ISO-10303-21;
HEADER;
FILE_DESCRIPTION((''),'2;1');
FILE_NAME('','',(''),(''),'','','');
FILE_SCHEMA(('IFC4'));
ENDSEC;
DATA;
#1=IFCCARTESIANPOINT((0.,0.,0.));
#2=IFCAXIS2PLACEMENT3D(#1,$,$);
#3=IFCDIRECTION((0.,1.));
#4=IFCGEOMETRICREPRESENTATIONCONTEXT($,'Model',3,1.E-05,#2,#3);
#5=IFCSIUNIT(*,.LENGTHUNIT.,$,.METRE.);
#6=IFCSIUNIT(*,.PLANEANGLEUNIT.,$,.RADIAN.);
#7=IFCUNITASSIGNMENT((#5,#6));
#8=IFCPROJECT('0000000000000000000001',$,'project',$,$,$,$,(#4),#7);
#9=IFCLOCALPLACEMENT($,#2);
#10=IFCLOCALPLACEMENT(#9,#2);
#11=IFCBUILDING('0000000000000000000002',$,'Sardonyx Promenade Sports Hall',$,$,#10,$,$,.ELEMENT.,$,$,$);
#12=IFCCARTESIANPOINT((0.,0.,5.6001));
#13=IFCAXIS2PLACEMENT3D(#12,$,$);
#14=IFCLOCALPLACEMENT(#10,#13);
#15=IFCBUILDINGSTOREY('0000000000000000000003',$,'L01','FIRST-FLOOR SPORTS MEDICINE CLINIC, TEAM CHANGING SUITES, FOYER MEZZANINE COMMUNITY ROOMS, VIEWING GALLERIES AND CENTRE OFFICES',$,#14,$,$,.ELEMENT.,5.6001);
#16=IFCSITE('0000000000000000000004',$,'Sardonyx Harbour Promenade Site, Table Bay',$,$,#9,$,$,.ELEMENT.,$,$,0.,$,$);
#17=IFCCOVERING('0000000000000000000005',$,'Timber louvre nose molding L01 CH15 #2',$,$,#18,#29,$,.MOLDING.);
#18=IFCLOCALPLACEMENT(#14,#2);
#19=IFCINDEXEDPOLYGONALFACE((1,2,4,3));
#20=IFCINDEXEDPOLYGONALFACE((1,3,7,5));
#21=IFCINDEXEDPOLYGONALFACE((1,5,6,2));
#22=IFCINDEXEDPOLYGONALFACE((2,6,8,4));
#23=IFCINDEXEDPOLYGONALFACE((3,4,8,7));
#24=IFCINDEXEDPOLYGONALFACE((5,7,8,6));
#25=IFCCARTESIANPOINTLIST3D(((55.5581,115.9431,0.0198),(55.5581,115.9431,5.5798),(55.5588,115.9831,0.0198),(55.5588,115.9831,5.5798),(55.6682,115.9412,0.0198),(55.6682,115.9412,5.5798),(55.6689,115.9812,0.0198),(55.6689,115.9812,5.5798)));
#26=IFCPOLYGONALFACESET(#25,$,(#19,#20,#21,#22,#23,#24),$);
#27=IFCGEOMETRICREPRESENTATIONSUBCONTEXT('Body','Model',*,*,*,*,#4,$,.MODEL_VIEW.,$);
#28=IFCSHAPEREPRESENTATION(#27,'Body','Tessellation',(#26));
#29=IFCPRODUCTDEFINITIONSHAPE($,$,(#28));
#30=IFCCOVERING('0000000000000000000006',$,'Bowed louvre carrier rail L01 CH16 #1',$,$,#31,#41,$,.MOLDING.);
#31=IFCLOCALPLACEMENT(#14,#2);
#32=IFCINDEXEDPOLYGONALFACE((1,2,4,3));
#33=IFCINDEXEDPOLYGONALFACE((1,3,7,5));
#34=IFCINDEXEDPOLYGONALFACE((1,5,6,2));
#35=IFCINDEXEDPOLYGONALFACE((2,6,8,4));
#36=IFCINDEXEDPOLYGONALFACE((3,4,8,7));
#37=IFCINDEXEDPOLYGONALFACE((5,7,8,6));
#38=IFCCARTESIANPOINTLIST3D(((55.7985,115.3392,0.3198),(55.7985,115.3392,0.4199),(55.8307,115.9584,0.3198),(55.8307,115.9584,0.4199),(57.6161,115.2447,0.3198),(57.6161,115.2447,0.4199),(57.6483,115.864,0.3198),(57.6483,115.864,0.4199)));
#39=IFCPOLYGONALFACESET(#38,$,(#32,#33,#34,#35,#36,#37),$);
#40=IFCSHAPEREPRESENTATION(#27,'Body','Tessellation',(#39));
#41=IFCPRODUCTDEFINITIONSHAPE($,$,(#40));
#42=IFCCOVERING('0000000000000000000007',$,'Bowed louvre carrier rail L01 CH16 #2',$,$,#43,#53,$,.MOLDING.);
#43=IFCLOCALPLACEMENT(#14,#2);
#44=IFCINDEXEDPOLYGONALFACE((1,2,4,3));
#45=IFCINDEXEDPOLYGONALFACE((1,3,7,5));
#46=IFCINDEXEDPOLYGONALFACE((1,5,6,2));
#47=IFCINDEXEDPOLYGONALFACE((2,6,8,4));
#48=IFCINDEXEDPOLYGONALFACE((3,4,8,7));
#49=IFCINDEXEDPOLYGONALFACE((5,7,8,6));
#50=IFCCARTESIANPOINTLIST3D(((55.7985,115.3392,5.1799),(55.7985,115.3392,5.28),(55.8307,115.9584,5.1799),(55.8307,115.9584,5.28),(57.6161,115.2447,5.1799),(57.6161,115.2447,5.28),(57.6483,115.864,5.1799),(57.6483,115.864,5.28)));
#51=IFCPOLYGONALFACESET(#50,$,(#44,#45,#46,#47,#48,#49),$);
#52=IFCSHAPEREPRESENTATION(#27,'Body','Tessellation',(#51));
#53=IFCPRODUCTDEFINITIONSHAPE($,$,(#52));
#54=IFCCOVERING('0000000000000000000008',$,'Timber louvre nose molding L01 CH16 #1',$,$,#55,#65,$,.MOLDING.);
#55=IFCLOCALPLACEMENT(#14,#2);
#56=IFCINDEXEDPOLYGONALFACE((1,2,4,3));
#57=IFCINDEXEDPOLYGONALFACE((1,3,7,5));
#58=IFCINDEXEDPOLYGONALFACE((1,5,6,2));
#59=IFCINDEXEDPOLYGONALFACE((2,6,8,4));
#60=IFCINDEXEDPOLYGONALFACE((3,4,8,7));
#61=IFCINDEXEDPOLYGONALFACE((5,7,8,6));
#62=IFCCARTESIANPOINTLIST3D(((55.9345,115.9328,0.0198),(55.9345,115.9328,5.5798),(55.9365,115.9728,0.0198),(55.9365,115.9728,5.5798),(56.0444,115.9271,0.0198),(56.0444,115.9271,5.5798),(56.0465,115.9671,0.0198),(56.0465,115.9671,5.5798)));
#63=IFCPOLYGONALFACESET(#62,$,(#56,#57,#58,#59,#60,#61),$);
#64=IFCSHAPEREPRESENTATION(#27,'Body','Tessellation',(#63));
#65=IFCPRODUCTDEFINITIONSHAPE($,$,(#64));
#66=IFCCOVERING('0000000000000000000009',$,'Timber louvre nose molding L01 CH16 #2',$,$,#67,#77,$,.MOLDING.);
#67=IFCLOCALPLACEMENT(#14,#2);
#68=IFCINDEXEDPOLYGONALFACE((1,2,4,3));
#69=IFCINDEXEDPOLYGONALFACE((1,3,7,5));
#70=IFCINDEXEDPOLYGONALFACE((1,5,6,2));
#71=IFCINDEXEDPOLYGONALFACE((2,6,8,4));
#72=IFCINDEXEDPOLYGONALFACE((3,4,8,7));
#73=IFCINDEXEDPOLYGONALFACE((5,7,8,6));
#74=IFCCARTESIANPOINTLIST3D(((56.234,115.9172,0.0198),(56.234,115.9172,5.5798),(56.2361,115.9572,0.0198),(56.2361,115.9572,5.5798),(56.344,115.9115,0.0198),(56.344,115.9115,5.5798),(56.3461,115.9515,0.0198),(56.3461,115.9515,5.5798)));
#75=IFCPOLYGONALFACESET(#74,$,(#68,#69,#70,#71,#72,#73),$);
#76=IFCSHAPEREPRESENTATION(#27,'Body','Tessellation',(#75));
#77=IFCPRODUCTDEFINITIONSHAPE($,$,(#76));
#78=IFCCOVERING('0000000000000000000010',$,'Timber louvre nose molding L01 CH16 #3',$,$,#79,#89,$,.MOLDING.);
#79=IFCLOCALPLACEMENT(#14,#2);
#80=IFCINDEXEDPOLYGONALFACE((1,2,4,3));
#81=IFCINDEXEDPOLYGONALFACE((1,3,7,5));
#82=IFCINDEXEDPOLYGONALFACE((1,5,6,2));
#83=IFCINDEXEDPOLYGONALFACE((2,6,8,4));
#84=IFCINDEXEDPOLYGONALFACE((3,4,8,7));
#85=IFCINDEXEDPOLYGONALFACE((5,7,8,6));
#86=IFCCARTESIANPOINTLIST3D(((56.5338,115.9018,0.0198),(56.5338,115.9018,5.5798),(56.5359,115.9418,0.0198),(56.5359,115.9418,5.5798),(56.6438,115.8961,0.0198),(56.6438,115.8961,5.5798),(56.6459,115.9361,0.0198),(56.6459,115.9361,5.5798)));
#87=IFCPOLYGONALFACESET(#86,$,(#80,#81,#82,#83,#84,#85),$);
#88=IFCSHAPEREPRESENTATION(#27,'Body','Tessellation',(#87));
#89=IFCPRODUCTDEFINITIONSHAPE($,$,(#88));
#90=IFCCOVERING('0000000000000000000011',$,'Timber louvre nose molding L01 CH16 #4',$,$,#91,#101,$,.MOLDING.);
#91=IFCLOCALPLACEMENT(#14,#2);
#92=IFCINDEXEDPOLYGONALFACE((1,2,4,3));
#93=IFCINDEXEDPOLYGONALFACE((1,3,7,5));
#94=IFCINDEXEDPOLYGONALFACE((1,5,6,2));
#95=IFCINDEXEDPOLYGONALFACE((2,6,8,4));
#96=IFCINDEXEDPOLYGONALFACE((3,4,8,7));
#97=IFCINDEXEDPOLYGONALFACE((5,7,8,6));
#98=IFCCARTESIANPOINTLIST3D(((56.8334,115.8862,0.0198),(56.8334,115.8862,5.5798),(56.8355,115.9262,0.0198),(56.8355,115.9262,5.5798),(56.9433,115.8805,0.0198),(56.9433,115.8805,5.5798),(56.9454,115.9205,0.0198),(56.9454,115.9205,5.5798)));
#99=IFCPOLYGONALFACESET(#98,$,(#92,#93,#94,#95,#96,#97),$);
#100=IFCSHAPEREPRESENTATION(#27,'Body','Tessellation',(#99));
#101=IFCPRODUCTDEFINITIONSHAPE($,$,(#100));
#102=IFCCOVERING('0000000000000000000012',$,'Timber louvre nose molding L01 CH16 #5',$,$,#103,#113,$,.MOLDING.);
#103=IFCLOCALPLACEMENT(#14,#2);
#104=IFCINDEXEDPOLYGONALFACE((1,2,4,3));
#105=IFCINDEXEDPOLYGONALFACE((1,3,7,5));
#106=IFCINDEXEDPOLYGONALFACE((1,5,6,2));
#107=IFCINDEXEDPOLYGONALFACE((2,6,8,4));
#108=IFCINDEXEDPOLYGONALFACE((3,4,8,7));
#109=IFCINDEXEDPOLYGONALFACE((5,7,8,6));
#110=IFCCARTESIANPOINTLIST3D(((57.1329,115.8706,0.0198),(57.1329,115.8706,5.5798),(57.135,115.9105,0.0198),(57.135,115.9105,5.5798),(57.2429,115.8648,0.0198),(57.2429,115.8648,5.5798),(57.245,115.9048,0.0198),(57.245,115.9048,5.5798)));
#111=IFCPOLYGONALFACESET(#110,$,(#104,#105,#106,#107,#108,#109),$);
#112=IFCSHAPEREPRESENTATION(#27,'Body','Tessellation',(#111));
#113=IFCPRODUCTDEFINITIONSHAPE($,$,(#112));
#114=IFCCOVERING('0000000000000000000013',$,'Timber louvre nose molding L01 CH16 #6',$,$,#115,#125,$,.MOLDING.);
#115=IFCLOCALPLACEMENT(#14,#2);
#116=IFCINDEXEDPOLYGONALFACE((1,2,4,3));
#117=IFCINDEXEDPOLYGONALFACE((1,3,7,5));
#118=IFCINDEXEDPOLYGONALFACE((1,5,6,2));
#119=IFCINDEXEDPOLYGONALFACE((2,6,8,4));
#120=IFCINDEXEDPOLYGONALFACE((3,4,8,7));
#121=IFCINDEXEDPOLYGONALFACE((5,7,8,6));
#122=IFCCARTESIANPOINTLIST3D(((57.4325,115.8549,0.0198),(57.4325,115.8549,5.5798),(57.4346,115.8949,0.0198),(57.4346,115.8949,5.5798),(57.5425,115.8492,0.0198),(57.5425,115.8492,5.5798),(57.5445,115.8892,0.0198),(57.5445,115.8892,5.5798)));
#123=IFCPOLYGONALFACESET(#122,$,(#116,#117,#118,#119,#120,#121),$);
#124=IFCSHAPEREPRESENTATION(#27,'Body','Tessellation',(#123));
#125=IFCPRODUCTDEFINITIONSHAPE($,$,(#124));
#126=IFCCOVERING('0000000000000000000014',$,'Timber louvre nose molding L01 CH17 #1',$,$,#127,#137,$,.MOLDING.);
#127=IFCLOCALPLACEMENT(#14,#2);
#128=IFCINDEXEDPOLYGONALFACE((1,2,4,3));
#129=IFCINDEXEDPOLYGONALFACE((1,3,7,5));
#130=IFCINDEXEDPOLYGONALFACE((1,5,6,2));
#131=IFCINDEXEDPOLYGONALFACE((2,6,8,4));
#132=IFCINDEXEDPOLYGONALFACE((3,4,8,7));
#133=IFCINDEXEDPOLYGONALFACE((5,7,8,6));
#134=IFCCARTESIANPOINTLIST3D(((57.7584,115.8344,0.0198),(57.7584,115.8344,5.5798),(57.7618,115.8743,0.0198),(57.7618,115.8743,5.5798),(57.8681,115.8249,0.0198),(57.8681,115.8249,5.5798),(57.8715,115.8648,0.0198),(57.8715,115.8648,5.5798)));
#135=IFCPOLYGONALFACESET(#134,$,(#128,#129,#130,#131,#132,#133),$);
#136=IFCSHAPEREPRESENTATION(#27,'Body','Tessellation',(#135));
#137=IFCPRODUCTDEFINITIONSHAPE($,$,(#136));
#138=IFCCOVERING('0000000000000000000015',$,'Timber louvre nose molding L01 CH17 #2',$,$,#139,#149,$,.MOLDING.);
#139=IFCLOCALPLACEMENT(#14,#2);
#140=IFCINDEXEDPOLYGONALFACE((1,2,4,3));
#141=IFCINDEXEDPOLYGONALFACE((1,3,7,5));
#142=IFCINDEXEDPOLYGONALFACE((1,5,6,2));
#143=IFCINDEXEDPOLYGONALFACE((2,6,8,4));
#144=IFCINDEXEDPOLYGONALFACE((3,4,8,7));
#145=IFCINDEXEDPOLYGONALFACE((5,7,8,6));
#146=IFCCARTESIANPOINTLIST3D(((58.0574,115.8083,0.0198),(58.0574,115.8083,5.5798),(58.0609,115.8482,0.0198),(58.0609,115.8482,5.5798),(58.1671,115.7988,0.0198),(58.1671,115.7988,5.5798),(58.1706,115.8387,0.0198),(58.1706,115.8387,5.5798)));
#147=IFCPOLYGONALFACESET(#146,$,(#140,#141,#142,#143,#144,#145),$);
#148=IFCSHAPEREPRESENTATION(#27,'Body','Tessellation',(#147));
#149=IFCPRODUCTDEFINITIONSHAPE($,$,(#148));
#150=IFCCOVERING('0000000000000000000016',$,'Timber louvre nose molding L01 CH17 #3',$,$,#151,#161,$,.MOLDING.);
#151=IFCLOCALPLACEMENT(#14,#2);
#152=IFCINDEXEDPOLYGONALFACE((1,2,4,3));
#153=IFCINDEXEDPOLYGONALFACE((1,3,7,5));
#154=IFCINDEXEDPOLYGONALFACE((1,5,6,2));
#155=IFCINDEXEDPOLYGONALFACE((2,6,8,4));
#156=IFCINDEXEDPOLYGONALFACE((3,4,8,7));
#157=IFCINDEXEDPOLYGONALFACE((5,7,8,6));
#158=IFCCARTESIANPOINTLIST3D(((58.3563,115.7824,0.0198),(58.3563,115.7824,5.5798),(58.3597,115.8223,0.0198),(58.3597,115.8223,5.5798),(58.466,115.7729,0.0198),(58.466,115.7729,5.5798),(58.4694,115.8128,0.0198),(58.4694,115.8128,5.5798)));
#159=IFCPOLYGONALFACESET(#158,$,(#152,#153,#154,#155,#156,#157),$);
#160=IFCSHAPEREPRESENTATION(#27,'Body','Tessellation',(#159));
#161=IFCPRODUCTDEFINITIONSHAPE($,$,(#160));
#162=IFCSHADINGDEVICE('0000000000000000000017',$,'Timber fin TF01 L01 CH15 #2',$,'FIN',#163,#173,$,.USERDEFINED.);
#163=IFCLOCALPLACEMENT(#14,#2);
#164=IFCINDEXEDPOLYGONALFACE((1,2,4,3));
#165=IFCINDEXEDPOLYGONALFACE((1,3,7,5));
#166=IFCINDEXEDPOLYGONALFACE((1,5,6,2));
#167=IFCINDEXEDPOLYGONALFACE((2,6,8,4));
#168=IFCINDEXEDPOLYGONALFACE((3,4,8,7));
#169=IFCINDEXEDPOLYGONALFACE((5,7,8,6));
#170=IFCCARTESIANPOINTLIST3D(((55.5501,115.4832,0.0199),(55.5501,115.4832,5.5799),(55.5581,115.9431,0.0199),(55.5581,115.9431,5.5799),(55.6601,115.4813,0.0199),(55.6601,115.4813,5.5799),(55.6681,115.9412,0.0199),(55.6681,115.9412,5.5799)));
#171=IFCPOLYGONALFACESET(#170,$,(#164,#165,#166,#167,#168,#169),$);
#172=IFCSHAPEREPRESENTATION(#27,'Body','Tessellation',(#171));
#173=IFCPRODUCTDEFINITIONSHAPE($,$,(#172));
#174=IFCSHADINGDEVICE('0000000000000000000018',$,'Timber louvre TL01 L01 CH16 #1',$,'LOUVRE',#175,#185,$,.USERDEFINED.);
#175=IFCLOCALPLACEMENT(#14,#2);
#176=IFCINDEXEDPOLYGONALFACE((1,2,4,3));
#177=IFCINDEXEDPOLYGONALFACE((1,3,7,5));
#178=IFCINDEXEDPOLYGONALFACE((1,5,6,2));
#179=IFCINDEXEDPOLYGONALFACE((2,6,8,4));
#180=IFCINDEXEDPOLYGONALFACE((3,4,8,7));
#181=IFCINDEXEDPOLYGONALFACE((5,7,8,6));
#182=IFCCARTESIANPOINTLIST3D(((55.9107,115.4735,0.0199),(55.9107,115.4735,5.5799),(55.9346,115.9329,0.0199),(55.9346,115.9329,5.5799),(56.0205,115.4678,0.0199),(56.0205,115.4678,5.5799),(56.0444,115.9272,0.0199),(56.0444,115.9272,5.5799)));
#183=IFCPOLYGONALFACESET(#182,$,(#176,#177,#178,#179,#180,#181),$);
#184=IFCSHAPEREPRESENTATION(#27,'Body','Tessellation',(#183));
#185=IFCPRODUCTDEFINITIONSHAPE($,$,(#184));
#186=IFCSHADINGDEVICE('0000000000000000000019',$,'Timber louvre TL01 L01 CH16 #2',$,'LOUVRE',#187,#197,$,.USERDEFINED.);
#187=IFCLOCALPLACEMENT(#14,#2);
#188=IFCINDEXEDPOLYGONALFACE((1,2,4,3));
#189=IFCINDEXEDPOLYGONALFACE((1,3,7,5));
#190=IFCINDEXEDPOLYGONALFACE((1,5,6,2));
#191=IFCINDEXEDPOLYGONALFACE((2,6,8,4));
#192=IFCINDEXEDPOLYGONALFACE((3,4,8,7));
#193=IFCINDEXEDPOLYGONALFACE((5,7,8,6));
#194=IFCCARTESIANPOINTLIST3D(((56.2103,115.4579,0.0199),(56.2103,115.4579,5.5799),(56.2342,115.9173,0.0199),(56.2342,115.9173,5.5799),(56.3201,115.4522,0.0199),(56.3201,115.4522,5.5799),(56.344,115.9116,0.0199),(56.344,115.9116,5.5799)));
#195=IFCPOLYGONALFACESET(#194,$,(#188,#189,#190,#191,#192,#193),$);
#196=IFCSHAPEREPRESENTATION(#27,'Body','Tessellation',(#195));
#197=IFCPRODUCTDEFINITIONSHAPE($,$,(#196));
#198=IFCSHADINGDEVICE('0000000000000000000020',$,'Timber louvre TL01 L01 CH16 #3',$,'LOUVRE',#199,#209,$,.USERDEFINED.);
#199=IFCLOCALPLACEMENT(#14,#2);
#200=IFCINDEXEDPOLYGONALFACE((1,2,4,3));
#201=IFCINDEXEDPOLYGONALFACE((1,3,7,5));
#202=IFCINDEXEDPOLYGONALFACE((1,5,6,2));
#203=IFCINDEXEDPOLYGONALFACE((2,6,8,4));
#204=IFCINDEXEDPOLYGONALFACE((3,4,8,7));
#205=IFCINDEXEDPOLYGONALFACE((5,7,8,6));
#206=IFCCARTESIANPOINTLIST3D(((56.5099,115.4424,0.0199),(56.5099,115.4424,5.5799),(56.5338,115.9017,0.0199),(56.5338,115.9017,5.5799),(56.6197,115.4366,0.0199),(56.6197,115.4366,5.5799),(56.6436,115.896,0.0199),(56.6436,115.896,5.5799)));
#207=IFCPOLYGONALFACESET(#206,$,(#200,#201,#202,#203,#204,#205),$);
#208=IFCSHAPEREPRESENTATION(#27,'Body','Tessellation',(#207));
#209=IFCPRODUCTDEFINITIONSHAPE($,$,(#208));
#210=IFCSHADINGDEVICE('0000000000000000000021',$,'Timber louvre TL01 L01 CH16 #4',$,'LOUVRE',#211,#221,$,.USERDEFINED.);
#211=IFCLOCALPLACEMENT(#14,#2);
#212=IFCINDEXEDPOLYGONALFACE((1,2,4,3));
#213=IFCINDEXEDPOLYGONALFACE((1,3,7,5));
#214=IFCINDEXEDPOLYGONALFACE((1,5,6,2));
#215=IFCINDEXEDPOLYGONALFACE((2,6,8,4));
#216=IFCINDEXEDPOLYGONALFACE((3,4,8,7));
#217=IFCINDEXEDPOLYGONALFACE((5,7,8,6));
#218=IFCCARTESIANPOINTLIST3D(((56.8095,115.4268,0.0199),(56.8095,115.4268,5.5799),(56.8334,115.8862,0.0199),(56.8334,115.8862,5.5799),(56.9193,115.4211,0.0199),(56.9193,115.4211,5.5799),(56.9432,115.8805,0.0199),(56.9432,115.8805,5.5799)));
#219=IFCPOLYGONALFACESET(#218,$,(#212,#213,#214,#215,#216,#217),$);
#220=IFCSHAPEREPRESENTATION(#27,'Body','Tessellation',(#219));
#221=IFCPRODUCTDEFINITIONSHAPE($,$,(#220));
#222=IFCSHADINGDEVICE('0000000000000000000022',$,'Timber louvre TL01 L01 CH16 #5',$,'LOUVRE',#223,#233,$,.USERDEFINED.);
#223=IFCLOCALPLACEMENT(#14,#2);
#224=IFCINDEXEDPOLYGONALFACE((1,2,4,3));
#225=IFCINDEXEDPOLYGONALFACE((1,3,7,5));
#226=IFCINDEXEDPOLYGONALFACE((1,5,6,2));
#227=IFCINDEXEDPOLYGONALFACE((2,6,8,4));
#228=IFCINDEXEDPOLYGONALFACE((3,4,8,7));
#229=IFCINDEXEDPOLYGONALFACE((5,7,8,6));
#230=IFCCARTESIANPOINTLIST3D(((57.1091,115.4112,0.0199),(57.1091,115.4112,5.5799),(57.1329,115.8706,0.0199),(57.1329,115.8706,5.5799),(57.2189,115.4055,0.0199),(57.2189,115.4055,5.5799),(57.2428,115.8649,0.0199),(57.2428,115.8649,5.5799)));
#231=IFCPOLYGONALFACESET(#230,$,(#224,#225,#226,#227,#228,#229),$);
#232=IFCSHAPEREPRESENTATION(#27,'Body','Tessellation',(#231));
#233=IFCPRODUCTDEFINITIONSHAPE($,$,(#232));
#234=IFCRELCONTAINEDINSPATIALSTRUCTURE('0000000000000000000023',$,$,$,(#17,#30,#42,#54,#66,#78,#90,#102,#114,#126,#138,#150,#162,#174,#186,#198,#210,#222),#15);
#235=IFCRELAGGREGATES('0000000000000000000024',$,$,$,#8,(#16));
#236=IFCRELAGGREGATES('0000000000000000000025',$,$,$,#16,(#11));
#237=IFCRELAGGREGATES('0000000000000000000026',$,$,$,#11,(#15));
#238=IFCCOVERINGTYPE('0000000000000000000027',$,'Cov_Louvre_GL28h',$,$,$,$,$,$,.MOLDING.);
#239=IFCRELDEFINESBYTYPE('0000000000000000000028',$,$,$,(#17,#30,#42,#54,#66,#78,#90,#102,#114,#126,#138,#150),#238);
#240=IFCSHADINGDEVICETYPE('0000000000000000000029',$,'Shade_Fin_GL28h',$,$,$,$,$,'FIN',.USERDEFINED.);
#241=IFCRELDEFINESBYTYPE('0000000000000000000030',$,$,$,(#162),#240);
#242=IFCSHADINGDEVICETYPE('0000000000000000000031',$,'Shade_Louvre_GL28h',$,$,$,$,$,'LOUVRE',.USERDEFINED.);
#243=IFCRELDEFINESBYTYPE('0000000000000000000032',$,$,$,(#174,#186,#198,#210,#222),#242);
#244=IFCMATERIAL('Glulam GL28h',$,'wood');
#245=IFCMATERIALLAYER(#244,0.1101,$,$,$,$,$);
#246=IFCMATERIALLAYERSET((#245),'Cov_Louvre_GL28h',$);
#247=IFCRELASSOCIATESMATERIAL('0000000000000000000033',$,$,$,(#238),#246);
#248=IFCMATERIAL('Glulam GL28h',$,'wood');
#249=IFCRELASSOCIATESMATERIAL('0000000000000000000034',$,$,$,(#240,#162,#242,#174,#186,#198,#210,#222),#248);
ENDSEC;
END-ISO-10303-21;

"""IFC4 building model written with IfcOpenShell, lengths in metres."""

from ifc_helpers import new_model, si_unit, direction, frame, origin, origin_2d, place, context, subcontext, project, spatial, rectangle, extrude, material, layer, layer_set, type_object, element, save


model = new_model("IFC4")

# Units and contexts
model_context = context("Model", 3, precision=1e-05, world=origin(), true_north=direction((0.0, 1.0)))
body_context = subcontext(model_context, "Body", "Model", "MODEL_VIEW")
ifc_project = project(units=[si_unit("LENGTHUNIT", "METRE"), si_unit("PLANEANGLEUNIT", "RADIAN")], contexts=[model_context])

# Site, building, storey
site_placement = place(None, origin())
site = spatial("IfcSite", under=ifc_project, at=site_placement, Name="Sardonyx Harbour Promenade Site, Table Bay", CompositionType="ELEMENT", RefElevation=0.0)
building_placement = place(site_placement, origin())
building = spatial("IfcBuilding", under=site, at=building_placement, Name="Sardonyx Promenade Sports Hall", CompositionType="ELEMENT")
storey_placement = place(building_placement, frame((0.0, 0.0, 5.6001)))
storey = spatial("IfcBuildingStorey", under=building, at=storey_placement, Name="L01", Description="FIRST-FLOOR SPORTS MEDICINE CLINIC, TEAM CHANGING SUITES, FOYER MEZZANINE COMMUNITY ROOMS, VIEWING GALLERIES AND CENTRE OFFICES", CompositionType="ELEMENT", Elevation=5.6001)

# Coverings
ifc_material_1 = material(Name="Glulam GL28h", Category="wood")
ifc_layer = layer(ifc_material_1, 0.1101)
ifc_layer_set = layer_set([ifc_layer], Name="Cov_Louvre_GL28h")
covering_type = type_object("IfcCoveringType", Name="Cov_Louvre_GL28h", PredefinedType="MOLDING", material=ifc_layer_set)
covering_placement = place(storey_placement, frame((55.6135, 115.9622, 0.0198), z_axis=(0.0, 0.0, 1.0), x_axis=(0.99985, -0.017308, 0.0)))
element("IfcCovering", 1, at=covering_placement, inside=storey, type_object=covering_type, Name="Timber louvre nose molding L01 CH15 #2", PredefinedType="MOLDING", context=body_context, shape_type="SweptSolid", body=[
    extrude(rectangle(XDim=0.1101, YDim=0.04, at=origin_2d()), origin(), (0.0, 0.0, 1.0), 5.5601),
])
for number, where, z_axis, x_axis, name in (
    (2, (56.7234, 115.6016, 0.3198), (0.0, 0.0, 1.0), (0.998652, -0.051902, 0.0), "Bowed louvre carrier rail L01 CH16 #1"),
    (3, (56.7234, 115.6016, 5.1799), (0.0, 0.0, 1.0), (0.998652, -0.051902, 0.0), "Bowed louvre carrier rail L01 CH16 #2"),
):
    element("IfcCovering", number, at=place(storey_placement, frame(where, z_axis=z_axis, x_axis=x_axis)), inside=storey, type_object=covering_type, Name=name, PredefinedType="MOLDING", context=body_context, shape_type="SweptSolid", body=[
        extrude(rectangle(XDim=1.8201, YDim=0.6201, at=origin_2d()), origin(), (0.0, 0.0, 1.0), 0.1001),
    ])
for number, where, z_axis, x_axis, name in (
    (4, (55.9905, 115.95, 0.0198), (0.0, 0.0, 1.0), (0.998652, -0.051902, 0.0), "Timber louvre nose molding L01 CH16 #1"),
    (5, (56.29, 115.9343, 0.0198), (0.0, 0.0, 1.0), (0.998652, -0.051902, 0.0), "Timber louvre nose molding L01 CH16 #2"),
    (6, (56.5898, 115.9189, 0.0198), (0.0, 0.0, 1.0), (0.998652, -0.051902, 0.0), "Timber louvre nose molding L01 CH16 #3"),
    (7, (56.8894, 115.9033, 0.0198), (0.0, 0.0, 1.0), (0.998652, -0.051902, 0.0), "Timber louvre nose molding L01 CH16 #4"),
    (8, (57.189, 115.8877, 0.0198), (0.0, 0.0, 1.0), (0.998652, -0.051902, 0.0), "Timber louvre nose molding L01 CH16 #5"),
    (9, (57.4885, 115.8721, 0.0198), (0.0, 0.0, 1.0), (0.998652, -0.051902, 0.0), "Timber louvre nose molding L01 CH16 #6"),
    (10, (57.8149, 115.8496, 0.0198), (0.0, 0.0, 1.0), (0.996258, -0.086434, 0.0), "Timber louvre nose molding L01 CH17 #1"),
    (11, (58.114, 115.8235, 0.0198), (0.0, 0.0, 1.0), (0.996258, -0.086434, 0.0), "Timber louvre nose molding L01 CH17 #2"),
    (12, (58.4128, 115.7976, 0.0198), (0.0, 0.0, 1.0), (0.996258, -0.086434, 0.0), "Timber louvre nose molding L01 CH17 #3"),
):
    element("IfcCovering", number, at=place(storey_placement, frame(where, z_axis=z_axis, x_axis=x_axis)), inside=storey, type_object=covering_type, Name=name, PredefinedType="MOLDING", context=body_context, shape_type="SweptSolid", body=[
        extrude(rectangle(XDim=0.1101, YDim=0.04, at=origin_2d()), origin(), (0.0, 0.0, 1.0), 5.5601),
    ])

# Shading devices
ifc_material_2 = material(Name="Glulam GL28h", Category="wood")
shading_device_type_1 = type_object("IfcShadingDeviceType", Name="Shade_Fin_GL28h", ElementType="FIN", PredefinedType="USERDEFINED", material=ifc_material_2)
shading_device_placement = place(storey_placement, frame((55.6091, 115.7122, 0.0199), z_axis=(0.0, 0.0, 1.0), x_axis=(0.99985, -0.017308, 0.0)))
element("IfcShadingDevice", 13, at=shading_device_placement, inside=storey, type_object=shading_device_type_1, material=ifc_material_2, Name="Timber fin TF01 L01 CH15 #2", ObjectType="FIN", PredefinedType="USERDEFINED", context=body_context, shape_type="SweptSolid", body=[
    extrude(rectangle(XDim=0.11, YDim=0.46), origin(), (0.0, 0.0, 1.0), 5.56),
])
shading_device_type_2 = type_object("IfcShadingDeviceType", Name="Shade_Louvre_GL28h", ElementType="LOUVRE", PredefinedType="USERDEFINED", material=ifc_material_2)
for number, where, z_axis, x_axis, name in (
    (14, (55.9776, 115.7003, 0.0199), (0.0, 0.0, 1.0), (0.998652, -0.051902, 0.0), "Timber louvre TL01 L01 CH16 #1"),
    (15, (56.2772, 115.6848, 0.0199), (0.0, 0.0, 1.0), (0.998652, -0.051902, 0.0), "Timber louvre TL01 L01 CH16 #2"),
    (16, (56.5767, 115.6692, 0.0199), (0.0, 0.0, 1.0), (0.998652, -0.051902, 0.0), "Timber louvre TL01 L01 CH16 #3"),
    (17, (56.8763, 115.6536, 0.0199), (0.0, 0.0, 1.0), (0.998652, -0.051902, 0.0), "Timber louvre TL01 L01 CH16 #4"),
    (18, (57.1759, 115.6381, 0.0199), (0.0, 0.0, 1.0), (0.998652, -0.051902, 0.0), "Timber louvre TL01 L01 CH16 #5"),
):
    element("IfcShadingDevice", number, at=place(storey_placement, frame(where, z_axis=z_axis, x_axis=x_axis)), inside=storey, type_object=shading_device_type_2, material=ifc_material_2, Name=name, ObjectType="LOUVRE", PredefinedType="USERDEFINED", context=body_context, shape_type="SweptSolid", body=[
        extrude(rectangle(XDim=0.11, YDim=0.46), origin(), (0.0, 0.0, 1.0), 5.56),
    ])

save(model, "model.ifc")
